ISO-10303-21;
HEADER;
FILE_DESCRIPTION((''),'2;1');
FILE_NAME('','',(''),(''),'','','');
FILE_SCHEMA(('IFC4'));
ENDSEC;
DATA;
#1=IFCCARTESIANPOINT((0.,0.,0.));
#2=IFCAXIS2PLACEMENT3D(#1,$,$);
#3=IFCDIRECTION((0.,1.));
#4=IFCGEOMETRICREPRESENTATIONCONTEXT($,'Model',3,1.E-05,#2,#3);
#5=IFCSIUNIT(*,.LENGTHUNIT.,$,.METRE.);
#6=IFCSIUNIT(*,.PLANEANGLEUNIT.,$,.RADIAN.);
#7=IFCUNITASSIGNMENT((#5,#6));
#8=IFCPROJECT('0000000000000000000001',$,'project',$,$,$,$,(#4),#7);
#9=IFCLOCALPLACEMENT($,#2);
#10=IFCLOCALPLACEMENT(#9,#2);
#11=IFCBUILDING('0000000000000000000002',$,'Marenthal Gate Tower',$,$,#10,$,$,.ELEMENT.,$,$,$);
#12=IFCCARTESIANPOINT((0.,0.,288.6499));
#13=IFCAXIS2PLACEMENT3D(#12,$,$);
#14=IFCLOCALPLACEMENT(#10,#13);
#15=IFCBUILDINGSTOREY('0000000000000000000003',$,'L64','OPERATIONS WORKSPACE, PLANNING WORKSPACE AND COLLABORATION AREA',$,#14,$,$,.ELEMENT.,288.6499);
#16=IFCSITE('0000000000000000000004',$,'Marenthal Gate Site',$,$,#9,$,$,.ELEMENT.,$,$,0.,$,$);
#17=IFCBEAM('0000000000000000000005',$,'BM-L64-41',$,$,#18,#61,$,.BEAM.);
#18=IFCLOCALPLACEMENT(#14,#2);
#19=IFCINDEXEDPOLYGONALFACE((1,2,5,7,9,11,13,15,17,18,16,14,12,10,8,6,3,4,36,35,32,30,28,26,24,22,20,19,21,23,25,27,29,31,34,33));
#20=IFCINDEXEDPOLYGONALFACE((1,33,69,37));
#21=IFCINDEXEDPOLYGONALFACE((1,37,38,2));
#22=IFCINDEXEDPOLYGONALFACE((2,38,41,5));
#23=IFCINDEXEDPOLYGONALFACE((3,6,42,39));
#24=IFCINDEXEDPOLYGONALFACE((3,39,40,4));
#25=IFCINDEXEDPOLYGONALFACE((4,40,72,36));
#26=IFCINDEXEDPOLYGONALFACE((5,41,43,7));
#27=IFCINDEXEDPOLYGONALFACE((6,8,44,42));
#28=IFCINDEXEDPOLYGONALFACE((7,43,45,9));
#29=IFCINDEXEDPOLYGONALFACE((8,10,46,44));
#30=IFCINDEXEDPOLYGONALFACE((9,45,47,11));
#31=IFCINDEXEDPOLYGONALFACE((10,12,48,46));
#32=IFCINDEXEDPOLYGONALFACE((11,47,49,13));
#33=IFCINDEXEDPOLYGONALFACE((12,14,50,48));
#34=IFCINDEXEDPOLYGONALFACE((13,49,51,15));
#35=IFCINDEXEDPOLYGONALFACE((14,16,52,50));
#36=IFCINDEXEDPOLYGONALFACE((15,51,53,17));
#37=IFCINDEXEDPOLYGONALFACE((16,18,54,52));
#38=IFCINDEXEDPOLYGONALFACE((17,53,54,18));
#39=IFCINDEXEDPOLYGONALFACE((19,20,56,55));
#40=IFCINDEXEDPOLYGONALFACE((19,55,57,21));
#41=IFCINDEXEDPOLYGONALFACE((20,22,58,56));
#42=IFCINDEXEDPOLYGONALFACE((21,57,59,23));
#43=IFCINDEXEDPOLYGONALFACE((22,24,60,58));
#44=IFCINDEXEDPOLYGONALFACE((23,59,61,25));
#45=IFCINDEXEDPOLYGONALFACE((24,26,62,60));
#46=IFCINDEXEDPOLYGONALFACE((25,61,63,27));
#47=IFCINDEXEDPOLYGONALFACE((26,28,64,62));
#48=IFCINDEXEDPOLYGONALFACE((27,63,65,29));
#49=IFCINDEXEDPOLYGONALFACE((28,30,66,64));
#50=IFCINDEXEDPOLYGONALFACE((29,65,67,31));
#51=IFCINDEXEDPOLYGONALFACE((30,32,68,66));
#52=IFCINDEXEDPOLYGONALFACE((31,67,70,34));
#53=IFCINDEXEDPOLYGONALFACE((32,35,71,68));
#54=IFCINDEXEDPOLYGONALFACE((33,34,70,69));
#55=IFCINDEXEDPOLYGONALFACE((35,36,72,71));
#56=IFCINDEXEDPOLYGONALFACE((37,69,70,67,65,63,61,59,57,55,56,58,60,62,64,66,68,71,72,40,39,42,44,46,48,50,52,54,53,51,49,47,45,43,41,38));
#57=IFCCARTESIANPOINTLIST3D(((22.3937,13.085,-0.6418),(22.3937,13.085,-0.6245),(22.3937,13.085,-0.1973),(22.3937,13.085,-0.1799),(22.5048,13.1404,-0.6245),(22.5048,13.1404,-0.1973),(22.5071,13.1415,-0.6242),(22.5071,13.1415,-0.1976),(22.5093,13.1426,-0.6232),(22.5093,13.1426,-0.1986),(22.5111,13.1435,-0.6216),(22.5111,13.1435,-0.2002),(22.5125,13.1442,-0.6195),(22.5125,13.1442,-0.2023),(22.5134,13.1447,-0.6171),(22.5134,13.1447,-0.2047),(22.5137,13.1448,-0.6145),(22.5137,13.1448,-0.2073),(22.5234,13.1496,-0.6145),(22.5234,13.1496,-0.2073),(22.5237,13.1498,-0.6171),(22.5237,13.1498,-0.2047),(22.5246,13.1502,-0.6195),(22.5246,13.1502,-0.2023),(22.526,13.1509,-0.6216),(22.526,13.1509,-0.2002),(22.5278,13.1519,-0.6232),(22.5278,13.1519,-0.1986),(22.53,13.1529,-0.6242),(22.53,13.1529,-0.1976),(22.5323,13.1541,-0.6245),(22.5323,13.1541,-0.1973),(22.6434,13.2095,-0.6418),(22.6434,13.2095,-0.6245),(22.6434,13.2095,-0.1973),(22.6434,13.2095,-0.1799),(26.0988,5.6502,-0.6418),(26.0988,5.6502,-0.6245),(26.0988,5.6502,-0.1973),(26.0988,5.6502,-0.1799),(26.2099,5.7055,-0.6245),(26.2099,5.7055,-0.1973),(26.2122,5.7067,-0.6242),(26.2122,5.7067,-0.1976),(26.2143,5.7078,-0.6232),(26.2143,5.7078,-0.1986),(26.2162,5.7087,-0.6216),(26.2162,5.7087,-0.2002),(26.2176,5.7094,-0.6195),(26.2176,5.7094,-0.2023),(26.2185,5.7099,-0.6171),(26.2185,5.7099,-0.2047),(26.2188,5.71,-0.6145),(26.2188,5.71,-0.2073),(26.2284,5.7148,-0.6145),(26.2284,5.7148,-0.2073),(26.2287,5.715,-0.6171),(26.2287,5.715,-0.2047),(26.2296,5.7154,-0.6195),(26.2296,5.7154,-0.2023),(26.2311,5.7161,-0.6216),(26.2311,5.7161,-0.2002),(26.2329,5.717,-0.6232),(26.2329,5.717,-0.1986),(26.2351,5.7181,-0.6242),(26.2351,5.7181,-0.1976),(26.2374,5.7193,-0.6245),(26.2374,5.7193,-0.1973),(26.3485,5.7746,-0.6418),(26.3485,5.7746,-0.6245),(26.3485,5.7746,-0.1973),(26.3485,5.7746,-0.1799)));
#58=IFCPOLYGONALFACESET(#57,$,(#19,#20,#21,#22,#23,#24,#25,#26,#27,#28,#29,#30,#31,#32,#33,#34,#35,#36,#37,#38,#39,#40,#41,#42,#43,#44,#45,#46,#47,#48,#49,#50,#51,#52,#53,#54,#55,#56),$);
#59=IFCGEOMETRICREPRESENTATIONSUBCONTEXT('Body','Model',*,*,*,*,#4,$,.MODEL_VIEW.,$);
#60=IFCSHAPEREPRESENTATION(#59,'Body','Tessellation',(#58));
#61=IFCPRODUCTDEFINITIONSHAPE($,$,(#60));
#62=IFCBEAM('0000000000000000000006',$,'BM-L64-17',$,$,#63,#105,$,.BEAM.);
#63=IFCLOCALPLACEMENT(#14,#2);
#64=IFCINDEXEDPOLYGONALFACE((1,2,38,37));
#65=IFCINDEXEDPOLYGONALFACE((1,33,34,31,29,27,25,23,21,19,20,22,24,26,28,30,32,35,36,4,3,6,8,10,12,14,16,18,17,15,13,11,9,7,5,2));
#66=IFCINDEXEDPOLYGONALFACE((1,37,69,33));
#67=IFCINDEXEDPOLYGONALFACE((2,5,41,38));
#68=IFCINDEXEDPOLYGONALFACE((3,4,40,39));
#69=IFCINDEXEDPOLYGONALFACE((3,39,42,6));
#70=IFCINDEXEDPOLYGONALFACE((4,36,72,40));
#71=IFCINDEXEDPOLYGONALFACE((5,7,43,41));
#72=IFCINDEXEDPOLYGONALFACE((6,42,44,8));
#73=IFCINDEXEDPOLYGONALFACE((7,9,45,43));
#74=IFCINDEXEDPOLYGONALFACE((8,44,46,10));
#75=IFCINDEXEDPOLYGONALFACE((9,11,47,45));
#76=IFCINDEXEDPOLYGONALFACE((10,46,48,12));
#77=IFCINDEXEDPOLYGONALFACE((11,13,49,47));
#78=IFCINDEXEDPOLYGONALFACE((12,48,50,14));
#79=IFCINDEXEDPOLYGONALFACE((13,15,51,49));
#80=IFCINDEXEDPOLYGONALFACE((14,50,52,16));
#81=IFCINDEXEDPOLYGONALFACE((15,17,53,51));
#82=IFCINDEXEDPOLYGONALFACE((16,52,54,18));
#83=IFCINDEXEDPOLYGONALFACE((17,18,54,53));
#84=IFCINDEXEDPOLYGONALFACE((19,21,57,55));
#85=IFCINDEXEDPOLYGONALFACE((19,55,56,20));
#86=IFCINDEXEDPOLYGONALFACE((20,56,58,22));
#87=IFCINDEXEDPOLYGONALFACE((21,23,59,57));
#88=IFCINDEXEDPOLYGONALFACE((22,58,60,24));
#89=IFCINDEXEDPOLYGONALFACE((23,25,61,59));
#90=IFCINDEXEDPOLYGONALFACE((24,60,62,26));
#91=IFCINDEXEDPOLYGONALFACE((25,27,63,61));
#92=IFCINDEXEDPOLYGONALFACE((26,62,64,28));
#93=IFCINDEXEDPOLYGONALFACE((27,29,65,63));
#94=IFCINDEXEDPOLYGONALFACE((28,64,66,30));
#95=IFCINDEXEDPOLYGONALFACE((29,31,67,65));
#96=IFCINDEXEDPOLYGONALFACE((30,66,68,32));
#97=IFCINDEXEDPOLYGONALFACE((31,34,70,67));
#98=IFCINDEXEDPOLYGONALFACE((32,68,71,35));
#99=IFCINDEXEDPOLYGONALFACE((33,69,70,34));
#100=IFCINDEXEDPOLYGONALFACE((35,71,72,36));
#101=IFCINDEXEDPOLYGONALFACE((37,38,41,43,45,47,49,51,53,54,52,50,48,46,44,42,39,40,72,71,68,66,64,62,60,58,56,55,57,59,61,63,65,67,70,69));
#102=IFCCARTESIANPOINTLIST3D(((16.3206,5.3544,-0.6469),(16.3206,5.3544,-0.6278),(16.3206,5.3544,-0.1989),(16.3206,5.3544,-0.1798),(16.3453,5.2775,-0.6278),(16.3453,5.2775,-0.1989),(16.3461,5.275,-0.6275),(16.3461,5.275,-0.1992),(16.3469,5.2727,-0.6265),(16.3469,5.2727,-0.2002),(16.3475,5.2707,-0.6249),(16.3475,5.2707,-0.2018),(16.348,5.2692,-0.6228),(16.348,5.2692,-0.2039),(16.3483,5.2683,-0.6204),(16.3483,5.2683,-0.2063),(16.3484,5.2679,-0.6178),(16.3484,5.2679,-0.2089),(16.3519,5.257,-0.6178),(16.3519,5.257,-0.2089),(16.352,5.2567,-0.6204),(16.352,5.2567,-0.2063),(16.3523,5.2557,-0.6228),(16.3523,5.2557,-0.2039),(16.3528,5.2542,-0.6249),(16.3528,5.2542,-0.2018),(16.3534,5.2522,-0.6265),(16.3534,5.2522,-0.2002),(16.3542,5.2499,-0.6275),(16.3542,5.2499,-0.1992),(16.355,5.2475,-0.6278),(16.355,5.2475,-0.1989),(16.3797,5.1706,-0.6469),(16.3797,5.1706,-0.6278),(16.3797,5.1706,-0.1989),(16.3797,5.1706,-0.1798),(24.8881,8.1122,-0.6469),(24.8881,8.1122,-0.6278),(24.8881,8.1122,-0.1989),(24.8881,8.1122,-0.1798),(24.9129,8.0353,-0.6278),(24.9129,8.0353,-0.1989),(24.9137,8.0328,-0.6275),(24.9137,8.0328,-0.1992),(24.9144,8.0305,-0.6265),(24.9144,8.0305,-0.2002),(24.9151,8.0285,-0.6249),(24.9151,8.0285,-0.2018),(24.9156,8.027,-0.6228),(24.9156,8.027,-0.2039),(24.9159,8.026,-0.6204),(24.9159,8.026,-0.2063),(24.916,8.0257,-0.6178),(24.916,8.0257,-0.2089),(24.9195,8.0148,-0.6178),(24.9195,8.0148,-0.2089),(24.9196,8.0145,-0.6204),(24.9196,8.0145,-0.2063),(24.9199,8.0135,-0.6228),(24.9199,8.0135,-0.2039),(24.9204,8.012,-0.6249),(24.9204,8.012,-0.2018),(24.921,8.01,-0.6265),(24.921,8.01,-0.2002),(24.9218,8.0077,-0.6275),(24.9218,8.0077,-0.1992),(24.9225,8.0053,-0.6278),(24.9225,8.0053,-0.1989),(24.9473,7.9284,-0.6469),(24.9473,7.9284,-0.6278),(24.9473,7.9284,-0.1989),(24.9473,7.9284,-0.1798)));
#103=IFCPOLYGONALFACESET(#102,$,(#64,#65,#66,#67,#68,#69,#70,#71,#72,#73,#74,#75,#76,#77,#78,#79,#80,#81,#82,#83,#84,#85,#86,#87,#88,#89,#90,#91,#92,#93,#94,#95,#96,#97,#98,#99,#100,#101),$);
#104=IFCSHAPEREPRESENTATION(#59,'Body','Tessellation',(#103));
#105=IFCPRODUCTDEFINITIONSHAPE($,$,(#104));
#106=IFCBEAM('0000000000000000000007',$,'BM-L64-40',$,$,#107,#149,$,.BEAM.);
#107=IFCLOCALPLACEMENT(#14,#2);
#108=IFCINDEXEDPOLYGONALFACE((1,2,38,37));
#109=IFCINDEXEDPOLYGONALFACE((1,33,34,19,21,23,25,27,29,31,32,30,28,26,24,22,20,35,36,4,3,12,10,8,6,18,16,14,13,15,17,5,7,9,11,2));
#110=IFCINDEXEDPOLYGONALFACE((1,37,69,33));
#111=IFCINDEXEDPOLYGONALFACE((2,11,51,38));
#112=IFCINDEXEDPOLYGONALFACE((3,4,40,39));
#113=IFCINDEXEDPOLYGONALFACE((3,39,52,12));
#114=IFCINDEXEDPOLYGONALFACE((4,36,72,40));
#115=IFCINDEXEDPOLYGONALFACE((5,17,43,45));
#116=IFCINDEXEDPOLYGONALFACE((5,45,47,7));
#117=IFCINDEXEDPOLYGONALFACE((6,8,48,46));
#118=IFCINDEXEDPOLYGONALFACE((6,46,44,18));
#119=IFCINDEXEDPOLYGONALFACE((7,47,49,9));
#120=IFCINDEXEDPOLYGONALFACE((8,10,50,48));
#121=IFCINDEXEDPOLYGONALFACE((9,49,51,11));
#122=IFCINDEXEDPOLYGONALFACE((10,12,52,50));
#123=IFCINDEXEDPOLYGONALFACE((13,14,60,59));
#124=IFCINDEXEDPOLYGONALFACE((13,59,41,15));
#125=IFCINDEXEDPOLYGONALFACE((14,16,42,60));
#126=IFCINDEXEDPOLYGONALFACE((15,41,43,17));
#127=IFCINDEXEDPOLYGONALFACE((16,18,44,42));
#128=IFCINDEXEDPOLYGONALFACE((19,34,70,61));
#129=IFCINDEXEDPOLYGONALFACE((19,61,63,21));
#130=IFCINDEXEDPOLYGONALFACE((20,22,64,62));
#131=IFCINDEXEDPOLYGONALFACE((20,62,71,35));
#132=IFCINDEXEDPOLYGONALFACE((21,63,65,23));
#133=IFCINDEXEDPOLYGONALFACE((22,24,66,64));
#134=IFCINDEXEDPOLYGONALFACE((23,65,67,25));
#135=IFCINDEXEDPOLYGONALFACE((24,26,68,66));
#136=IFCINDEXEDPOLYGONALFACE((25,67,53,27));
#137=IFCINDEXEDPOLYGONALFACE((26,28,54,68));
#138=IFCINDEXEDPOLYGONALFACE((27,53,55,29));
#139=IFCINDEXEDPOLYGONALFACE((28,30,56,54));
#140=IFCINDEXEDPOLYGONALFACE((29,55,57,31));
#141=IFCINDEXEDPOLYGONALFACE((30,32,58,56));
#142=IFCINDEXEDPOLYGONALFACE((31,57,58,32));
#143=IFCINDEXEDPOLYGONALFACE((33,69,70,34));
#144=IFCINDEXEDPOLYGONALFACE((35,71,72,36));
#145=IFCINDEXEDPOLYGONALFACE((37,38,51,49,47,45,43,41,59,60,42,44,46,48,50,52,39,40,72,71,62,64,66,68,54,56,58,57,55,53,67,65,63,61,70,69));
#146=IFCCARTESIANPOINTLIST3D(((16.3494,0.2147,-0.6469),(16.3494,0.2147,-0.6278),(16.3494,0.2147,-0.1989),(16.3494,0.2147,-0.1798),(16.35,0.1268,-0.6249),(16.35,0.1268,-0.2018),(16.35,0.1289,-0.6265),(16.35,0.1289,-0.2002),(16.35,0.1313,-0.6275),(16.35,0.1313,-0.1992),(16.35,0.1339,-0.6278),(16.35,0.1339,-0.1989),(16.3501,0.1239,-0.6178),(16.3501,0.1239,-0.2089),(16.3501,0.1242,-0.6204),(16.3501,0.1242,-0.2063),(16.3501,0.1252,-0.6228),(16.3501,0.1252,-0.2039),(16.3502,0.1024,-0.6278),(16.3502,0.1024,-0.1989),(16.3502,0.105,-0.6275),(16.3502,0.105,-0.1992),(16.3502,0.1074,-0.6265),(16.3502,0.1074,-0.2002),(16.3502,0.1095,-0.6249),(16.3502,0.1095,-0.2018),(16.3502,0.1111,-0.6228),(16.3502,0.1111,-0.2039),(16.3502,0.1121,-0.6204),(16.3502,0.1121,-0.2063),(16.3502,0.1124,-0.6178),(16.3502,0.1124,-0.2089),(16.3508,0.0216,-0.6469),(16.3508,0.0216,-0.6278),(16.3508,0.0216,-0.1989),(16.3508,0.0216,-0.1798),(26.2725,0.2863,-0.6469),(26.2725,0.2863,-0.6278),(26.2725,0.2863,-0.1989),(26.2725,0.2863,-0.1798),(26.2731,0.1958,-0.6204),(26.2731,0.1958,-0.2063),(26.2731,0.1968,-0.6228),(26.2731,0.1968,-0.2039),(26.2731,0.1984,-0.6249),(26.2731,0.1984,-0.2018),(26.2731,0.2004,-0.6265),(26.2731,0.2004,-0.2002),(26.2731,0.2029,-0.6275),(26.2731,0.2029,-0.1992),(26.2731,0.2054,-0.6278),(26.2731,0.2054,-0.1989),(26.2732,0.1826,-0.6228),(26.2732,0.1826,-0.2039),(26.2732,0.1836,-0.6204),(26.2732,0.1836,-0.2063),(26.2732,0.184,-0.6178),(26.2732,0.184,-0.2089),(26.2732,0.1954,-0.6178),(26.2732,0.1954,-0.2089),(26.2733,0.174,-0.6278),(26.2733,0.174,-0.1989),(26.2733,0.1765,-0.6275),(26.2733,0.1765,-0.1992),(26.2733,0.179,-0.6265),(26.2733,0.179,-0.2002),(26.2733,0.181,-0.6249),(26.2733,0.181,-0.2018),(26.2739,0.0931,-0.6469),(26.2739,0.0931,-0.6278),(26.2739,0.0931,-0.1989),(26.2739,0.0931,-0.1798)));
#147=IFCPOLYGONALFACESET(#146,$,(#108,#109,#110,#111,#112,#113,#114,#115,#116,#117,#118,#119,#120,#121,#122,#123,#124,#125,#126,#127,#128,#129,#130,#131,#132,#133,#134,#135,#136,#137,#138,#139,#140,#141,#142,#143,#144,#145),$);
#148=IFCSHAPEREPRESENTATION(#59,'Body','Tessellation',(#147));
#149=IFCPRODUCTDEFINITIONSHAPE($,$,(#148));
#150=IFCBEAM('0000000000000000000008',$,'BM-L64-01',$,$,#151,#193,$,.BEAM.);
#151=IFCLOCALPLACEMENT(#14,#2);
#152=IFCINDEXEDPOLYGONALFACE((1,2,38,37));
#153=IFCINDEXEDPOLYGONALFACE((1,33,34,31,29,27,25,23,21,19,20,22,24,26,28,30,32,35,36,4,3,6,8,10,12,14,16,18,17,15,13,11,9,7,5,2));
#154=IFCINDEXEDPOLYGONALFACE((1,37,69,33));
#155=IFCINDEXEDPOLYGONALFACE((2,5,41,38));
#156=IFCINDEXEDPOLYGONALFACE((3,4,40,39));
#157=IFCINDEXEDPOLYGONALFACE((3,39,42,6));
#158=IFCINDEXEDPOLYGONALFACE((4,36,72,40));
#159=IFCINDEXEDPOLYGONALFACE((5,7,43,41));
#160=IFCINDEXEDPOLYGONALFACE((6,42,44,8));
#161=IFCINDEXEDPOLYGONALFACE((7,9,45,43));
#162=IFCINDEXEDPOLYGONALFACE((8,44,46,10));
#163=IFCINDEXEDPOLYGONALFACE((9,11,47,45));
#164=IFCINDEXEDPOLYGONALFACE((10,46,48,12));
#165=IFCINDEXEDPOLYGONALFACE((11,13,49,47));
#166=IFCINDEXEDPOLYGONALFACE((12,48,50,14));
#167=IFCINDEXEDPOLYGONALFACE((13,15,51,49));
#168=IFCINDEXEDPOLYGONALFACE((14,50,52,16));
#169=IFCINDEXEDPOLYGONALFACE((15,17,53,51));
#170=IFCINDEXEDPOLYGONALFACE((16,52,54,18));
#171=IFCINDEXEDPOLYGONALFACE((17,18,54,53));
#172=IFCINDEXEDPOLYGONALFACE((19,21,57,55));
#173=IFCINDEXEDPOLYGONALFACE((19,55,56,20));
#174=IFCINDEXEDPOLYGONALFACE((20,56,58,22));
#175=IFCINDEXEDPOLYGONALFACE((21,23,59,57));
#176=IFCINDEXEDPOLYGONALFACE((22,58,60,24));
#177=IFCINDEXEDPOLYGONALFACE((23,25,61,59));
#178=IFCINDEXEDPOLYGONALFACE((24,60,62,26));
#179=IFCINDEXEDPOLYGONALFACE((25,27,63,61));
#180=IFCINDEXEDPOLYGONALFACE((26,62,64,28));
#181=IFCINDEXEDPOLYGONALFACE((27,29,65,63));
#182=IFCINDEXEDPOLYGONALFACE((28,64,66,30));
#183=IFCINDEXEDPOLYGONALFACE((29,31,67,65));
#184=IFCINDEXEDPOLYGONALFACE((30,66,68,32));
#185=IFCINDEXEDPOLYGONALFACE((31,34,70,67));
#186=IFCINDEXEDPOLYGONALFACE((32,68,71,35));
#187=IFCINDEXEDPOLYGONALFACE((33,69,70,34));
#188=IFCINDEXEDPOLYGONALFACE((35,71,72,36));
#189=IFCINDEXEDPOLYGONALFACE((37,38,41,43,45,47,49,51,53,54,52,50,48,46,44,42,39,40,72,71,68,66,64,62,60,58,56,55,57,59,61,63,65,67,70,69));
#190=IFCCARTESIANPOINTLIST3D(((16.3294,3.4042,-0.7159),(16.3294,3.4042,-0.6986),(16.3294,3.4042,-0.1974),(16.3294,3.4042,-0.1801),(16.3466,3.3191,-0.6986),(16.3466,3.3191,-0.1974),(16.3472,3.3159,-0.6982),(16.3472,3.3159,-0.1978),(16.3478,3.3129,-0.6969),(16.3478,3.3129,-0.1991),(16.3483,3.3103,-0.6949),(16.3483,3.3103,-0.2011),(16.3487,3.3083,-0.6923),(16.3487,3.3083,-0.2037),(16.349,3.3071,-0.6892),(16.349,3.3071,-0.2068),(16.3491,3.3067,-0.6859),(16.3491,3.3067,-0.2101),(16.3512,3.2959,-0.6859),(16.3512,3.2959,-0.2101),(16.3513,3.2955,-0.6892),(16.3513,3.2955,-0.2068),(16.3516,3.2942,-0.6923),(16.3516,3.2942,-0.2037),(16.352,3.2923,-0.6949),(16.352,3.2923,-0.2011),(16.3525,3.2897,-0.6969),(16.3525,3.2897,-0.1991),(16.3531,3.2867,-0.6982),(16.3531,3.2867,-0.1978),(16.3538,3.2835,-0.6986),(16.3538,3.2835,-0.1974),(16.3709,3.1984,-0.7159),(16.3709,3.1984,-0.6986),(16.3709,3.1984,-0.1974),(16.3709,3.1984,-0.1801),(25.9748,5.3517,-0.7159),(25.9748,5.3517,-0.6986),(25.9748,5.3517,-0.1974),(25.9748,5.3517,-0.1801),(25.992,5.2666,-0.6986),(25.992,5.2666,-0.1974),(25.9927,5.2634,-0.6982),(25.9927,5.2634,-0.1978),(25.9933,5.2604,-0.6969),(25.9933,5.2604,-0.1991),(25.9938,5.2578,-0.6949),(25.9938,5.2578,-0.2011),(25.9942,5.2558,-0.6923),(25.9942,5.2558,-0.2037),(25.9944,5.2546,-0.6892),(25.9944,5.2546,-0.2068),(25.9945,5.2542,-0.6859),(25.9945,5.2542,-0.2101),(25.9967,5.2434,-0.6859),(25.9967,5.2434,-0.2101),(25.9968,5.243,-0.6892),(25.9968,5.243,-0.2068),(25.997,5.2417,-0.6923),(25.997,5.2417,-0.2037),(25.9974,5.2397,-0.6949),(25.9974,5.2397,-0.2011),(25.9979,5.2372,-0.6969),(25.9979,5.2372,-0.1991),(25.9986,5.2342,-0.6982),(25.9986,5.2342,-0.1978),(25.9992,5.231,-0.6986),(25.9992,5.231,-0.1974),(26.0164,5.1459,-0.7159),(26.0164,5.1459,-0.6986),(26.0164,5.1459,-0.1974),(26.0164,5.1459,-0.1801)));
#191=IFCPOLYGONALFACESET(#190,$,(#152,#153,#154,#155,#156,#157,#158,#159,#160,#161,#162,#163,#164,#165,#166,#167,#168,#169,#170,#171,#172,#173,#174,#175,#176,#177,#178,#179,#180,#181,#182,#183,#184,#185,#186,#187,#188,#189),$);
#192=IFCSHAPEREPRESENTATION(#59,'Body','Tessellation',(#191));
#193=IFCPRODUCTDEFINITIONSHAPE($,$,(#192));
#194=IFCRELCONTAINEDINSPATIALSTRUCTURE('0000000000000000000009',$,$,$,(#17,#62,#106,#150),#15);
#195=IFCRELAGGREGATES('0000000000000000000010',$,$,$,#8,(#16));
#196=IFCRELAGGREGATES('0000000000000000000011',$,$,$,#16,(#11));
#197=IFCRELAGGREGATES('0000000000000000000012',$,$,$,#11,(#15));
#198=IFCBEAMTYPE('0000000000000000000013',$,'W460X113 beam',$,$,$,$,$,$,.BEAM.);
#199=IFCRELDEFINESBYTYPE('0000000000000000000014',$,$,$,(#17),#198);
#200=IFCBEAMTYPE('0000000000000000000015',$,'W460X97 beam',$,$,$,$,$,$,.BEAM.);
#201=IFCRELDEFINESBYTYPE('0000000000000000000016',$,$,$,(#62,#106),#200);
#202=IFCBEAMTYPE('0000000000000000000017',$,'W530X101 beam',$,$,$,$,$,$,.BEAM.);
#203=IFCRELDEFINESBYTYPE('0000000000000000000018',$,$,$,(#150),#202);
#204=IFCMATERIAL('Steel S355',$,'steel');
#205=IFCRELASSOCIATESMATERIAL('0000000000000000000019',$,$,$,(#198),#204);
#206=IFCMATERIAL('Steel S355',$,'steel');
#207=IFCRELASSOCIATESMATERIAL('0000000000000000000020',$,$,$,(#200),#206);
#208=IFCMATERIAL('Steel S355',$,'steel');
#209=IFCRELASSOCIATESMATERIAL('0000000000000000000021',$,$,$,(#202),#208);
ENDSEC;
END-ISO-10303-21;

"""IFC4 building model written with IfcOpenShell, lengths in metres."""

from ifc_helpers import new_model, si_unit, direction, frame, origin, origin_2d, place, context, subcontext, project, spatial, i_section, extrude, material, material_profile, profile_set, type_object, element, save


model = new_model("IFC4")

# Units and contexts
model_context = context("Model", 3, precision=1e-05, world=origin(), true_north=direction((0.0, 1.0)))
body_context = subcontext(model_context, "Body", "Model", "MODEL_VIEW")
ifc_project = project(units=[si_unit("LENGTHUNIT", "METRE"), si_unit("PLANEANGLEUNIT", "RADIAN")], contexts=[model_context])

# Site, building, storey
site_placement = place(None, origin())
site = spatial("IfcSite", under=ifc_project, at=site_placement, Name="Marenthal Gate Site", CompositionType="ELEMENT", RefElevation=0.0)
building_placement = place(site_placement, origin())
building = spatial("IfcBuilding", under=site, at=building_placement, Name="Marenthal Gate Tower", CompositionType="ELEMENT")
storey_placement = place(building_placement, frame((0.0, 0.0, 288.6499)))
storey = spatial("IfcBuildingStorey", under=building, at=storey_placement, Name="L64", Description="OPERATIONS WORKSPACE, PLANNING WORKSPACE AND COLLABORATION AREA", CompositionType="ELEMENT", Elevation=288.6499)

# Beams
ifc_material_1 = material(Name="Steel S355", Category="steel")
ifc_material_profile_1 = material_profile(ifc_material_1, i_section(OverallWidth=0.2791, OverallDepth=0.4619, WebThickness=0.0107, FlangeThickness=0.0173, FilletRadius=0.01, at=origin_2d()), Name="W460X113")
ifc_profile_set_1 = profile_set([ifc_material_profile_1], Name="Steel S355")
beam_type_1 = type_object("IfcBeamType", Name="W460X113 beam", PredefinedType="BEAM", material=ifc_profile_set_1)
beam_1_placement = place(storey_placement, frame((26.2236, 5.7124, -0.4109), z_axis=(-0.446026, 0.89502, 0.0), x_axis=(-0.89502, -0.446026, 0.0)))
element("IfcBeam", 1, at=beam_1_placement, inside=storey, type_object=beam_type_1, Name="BM-L64-41", PredefinedType="BEAM", context=body_context, shape_type="SweptSolid", body=[
    extrude(i_section(OverallWidth=0.2791, OverallDepth=0.4619, WebThickness=0.0107, FlangeThickness=0.0173, FilletRadius=0.01, at=origin_2d()), origin(), (0.0, 0.0, 1.0), 8.3069),
])
ifc_material_2 = material(Name="Steel S355", Category="steel")
ifc_material_profile_2 = material_profile(ifc_material_2, i_section(OverallWidth=0.1931, OverallDepth=0.467, WebThickness=0.0115, FlangeThickness=0.019, FilletRadius=0.01, at=origin_2d()), Name="W460X97")
ifc_profile_set_2 = profile_set([ifc_material_profile_2], Name="Steel S355")
beam_type_2 = type_object("IfcBeamType", Name="W460X97 beam", PredefinedType="BEAM", material=ifc_profile_set_2)
beam_2_placement = place(storey_placement, frame((24.9177, 8.0203, -0.4133), z_axis=(-0.951901, -0.306405, 0.0), x_axis=(0.306405, -0.951901, 0.0)))
element("IfcBeam", 2, at=beam_2_placement, inside=storey, type_object=beam_type_2, Name="BM-L64-17", PredefinedType="BEAM", context=body_context, shape_type="SweptSolid", body=[
    extrude(i_section(OverallWidth=0.1931, OverallDepth=0.467, WebThickness=0.0115, FlangeThickness=0.019, FilletRadius=0.01, at=origin_2d()), origin(), (0.0, 0.0, 1.0), 9.0005),
])
beam_3_placement = place(storey_placement, frame((26.2732, 0.1897, -0.4133), z_axis=(-0.999974, -0.007209, 0.0), x_axis=(0.007209, -0.999974, 0.0)))
element("IfcBeam", 3, at=beam_3_placement, inside=storey, type_object=beam_type_2, Name="BM-L64-40", PredefinedType="BEAM", context=body_context, shape_type="SweptSolid", body=[
    extrude(i_section(OverallWidth=0.1931, OverallDepth=0.467, WebThickness=0.0115, FlangeThickness=0.019, FilletRadius=0.01, at=origin_2d()), origin(), (0.0, 0.0, 1.0), 9.9233),
])
ifc_material_3 = material(Name="Steel S355", Category="steel")
ifc_material_profile_3 = material_profile(ifc_material_3, i_section(OverallWidth=0.21, OverallDepth=0.5359, WebThickness=0.011, FlangeThickness=0.0173, FilletRadius=0.0127, at=origin_2d()), Name="W530X101")
ifc_profile_set_3 = profile_set([ifc_material_profile_3], Name="Steel S355")
beam_type_3 = type_object("IfcBeamType", Name="W530X101 beam", PredefinedType="BEAM", material=ifc_profile_set_3)
beam_4_placement = place(storey_placement, frame((25.9956, 5.2488, -0.448), z_axis=(-0.980219, -0.197915, 0.0), x_axis=(0.197915, -0.980219, 0.0)))
element("IfcBeam", 4, at=beam_4_placement, inside=storey, type_object=beam_type_3, Name="BM-L64-01", PredefinedType="BEAM", context=body_context, shape_type="SweptSolid", body=[
    extrude(i_section(OverallWidth=0.21, OverallDepth=0.5359, WebThickness=0.011, FlangeThickness=0.0173, FilletRadius=0.0127, at=origin_2d()), origin(), (0.0, 0.0, 1.0), 9.8401),
])

save(model, "model.ifc")
